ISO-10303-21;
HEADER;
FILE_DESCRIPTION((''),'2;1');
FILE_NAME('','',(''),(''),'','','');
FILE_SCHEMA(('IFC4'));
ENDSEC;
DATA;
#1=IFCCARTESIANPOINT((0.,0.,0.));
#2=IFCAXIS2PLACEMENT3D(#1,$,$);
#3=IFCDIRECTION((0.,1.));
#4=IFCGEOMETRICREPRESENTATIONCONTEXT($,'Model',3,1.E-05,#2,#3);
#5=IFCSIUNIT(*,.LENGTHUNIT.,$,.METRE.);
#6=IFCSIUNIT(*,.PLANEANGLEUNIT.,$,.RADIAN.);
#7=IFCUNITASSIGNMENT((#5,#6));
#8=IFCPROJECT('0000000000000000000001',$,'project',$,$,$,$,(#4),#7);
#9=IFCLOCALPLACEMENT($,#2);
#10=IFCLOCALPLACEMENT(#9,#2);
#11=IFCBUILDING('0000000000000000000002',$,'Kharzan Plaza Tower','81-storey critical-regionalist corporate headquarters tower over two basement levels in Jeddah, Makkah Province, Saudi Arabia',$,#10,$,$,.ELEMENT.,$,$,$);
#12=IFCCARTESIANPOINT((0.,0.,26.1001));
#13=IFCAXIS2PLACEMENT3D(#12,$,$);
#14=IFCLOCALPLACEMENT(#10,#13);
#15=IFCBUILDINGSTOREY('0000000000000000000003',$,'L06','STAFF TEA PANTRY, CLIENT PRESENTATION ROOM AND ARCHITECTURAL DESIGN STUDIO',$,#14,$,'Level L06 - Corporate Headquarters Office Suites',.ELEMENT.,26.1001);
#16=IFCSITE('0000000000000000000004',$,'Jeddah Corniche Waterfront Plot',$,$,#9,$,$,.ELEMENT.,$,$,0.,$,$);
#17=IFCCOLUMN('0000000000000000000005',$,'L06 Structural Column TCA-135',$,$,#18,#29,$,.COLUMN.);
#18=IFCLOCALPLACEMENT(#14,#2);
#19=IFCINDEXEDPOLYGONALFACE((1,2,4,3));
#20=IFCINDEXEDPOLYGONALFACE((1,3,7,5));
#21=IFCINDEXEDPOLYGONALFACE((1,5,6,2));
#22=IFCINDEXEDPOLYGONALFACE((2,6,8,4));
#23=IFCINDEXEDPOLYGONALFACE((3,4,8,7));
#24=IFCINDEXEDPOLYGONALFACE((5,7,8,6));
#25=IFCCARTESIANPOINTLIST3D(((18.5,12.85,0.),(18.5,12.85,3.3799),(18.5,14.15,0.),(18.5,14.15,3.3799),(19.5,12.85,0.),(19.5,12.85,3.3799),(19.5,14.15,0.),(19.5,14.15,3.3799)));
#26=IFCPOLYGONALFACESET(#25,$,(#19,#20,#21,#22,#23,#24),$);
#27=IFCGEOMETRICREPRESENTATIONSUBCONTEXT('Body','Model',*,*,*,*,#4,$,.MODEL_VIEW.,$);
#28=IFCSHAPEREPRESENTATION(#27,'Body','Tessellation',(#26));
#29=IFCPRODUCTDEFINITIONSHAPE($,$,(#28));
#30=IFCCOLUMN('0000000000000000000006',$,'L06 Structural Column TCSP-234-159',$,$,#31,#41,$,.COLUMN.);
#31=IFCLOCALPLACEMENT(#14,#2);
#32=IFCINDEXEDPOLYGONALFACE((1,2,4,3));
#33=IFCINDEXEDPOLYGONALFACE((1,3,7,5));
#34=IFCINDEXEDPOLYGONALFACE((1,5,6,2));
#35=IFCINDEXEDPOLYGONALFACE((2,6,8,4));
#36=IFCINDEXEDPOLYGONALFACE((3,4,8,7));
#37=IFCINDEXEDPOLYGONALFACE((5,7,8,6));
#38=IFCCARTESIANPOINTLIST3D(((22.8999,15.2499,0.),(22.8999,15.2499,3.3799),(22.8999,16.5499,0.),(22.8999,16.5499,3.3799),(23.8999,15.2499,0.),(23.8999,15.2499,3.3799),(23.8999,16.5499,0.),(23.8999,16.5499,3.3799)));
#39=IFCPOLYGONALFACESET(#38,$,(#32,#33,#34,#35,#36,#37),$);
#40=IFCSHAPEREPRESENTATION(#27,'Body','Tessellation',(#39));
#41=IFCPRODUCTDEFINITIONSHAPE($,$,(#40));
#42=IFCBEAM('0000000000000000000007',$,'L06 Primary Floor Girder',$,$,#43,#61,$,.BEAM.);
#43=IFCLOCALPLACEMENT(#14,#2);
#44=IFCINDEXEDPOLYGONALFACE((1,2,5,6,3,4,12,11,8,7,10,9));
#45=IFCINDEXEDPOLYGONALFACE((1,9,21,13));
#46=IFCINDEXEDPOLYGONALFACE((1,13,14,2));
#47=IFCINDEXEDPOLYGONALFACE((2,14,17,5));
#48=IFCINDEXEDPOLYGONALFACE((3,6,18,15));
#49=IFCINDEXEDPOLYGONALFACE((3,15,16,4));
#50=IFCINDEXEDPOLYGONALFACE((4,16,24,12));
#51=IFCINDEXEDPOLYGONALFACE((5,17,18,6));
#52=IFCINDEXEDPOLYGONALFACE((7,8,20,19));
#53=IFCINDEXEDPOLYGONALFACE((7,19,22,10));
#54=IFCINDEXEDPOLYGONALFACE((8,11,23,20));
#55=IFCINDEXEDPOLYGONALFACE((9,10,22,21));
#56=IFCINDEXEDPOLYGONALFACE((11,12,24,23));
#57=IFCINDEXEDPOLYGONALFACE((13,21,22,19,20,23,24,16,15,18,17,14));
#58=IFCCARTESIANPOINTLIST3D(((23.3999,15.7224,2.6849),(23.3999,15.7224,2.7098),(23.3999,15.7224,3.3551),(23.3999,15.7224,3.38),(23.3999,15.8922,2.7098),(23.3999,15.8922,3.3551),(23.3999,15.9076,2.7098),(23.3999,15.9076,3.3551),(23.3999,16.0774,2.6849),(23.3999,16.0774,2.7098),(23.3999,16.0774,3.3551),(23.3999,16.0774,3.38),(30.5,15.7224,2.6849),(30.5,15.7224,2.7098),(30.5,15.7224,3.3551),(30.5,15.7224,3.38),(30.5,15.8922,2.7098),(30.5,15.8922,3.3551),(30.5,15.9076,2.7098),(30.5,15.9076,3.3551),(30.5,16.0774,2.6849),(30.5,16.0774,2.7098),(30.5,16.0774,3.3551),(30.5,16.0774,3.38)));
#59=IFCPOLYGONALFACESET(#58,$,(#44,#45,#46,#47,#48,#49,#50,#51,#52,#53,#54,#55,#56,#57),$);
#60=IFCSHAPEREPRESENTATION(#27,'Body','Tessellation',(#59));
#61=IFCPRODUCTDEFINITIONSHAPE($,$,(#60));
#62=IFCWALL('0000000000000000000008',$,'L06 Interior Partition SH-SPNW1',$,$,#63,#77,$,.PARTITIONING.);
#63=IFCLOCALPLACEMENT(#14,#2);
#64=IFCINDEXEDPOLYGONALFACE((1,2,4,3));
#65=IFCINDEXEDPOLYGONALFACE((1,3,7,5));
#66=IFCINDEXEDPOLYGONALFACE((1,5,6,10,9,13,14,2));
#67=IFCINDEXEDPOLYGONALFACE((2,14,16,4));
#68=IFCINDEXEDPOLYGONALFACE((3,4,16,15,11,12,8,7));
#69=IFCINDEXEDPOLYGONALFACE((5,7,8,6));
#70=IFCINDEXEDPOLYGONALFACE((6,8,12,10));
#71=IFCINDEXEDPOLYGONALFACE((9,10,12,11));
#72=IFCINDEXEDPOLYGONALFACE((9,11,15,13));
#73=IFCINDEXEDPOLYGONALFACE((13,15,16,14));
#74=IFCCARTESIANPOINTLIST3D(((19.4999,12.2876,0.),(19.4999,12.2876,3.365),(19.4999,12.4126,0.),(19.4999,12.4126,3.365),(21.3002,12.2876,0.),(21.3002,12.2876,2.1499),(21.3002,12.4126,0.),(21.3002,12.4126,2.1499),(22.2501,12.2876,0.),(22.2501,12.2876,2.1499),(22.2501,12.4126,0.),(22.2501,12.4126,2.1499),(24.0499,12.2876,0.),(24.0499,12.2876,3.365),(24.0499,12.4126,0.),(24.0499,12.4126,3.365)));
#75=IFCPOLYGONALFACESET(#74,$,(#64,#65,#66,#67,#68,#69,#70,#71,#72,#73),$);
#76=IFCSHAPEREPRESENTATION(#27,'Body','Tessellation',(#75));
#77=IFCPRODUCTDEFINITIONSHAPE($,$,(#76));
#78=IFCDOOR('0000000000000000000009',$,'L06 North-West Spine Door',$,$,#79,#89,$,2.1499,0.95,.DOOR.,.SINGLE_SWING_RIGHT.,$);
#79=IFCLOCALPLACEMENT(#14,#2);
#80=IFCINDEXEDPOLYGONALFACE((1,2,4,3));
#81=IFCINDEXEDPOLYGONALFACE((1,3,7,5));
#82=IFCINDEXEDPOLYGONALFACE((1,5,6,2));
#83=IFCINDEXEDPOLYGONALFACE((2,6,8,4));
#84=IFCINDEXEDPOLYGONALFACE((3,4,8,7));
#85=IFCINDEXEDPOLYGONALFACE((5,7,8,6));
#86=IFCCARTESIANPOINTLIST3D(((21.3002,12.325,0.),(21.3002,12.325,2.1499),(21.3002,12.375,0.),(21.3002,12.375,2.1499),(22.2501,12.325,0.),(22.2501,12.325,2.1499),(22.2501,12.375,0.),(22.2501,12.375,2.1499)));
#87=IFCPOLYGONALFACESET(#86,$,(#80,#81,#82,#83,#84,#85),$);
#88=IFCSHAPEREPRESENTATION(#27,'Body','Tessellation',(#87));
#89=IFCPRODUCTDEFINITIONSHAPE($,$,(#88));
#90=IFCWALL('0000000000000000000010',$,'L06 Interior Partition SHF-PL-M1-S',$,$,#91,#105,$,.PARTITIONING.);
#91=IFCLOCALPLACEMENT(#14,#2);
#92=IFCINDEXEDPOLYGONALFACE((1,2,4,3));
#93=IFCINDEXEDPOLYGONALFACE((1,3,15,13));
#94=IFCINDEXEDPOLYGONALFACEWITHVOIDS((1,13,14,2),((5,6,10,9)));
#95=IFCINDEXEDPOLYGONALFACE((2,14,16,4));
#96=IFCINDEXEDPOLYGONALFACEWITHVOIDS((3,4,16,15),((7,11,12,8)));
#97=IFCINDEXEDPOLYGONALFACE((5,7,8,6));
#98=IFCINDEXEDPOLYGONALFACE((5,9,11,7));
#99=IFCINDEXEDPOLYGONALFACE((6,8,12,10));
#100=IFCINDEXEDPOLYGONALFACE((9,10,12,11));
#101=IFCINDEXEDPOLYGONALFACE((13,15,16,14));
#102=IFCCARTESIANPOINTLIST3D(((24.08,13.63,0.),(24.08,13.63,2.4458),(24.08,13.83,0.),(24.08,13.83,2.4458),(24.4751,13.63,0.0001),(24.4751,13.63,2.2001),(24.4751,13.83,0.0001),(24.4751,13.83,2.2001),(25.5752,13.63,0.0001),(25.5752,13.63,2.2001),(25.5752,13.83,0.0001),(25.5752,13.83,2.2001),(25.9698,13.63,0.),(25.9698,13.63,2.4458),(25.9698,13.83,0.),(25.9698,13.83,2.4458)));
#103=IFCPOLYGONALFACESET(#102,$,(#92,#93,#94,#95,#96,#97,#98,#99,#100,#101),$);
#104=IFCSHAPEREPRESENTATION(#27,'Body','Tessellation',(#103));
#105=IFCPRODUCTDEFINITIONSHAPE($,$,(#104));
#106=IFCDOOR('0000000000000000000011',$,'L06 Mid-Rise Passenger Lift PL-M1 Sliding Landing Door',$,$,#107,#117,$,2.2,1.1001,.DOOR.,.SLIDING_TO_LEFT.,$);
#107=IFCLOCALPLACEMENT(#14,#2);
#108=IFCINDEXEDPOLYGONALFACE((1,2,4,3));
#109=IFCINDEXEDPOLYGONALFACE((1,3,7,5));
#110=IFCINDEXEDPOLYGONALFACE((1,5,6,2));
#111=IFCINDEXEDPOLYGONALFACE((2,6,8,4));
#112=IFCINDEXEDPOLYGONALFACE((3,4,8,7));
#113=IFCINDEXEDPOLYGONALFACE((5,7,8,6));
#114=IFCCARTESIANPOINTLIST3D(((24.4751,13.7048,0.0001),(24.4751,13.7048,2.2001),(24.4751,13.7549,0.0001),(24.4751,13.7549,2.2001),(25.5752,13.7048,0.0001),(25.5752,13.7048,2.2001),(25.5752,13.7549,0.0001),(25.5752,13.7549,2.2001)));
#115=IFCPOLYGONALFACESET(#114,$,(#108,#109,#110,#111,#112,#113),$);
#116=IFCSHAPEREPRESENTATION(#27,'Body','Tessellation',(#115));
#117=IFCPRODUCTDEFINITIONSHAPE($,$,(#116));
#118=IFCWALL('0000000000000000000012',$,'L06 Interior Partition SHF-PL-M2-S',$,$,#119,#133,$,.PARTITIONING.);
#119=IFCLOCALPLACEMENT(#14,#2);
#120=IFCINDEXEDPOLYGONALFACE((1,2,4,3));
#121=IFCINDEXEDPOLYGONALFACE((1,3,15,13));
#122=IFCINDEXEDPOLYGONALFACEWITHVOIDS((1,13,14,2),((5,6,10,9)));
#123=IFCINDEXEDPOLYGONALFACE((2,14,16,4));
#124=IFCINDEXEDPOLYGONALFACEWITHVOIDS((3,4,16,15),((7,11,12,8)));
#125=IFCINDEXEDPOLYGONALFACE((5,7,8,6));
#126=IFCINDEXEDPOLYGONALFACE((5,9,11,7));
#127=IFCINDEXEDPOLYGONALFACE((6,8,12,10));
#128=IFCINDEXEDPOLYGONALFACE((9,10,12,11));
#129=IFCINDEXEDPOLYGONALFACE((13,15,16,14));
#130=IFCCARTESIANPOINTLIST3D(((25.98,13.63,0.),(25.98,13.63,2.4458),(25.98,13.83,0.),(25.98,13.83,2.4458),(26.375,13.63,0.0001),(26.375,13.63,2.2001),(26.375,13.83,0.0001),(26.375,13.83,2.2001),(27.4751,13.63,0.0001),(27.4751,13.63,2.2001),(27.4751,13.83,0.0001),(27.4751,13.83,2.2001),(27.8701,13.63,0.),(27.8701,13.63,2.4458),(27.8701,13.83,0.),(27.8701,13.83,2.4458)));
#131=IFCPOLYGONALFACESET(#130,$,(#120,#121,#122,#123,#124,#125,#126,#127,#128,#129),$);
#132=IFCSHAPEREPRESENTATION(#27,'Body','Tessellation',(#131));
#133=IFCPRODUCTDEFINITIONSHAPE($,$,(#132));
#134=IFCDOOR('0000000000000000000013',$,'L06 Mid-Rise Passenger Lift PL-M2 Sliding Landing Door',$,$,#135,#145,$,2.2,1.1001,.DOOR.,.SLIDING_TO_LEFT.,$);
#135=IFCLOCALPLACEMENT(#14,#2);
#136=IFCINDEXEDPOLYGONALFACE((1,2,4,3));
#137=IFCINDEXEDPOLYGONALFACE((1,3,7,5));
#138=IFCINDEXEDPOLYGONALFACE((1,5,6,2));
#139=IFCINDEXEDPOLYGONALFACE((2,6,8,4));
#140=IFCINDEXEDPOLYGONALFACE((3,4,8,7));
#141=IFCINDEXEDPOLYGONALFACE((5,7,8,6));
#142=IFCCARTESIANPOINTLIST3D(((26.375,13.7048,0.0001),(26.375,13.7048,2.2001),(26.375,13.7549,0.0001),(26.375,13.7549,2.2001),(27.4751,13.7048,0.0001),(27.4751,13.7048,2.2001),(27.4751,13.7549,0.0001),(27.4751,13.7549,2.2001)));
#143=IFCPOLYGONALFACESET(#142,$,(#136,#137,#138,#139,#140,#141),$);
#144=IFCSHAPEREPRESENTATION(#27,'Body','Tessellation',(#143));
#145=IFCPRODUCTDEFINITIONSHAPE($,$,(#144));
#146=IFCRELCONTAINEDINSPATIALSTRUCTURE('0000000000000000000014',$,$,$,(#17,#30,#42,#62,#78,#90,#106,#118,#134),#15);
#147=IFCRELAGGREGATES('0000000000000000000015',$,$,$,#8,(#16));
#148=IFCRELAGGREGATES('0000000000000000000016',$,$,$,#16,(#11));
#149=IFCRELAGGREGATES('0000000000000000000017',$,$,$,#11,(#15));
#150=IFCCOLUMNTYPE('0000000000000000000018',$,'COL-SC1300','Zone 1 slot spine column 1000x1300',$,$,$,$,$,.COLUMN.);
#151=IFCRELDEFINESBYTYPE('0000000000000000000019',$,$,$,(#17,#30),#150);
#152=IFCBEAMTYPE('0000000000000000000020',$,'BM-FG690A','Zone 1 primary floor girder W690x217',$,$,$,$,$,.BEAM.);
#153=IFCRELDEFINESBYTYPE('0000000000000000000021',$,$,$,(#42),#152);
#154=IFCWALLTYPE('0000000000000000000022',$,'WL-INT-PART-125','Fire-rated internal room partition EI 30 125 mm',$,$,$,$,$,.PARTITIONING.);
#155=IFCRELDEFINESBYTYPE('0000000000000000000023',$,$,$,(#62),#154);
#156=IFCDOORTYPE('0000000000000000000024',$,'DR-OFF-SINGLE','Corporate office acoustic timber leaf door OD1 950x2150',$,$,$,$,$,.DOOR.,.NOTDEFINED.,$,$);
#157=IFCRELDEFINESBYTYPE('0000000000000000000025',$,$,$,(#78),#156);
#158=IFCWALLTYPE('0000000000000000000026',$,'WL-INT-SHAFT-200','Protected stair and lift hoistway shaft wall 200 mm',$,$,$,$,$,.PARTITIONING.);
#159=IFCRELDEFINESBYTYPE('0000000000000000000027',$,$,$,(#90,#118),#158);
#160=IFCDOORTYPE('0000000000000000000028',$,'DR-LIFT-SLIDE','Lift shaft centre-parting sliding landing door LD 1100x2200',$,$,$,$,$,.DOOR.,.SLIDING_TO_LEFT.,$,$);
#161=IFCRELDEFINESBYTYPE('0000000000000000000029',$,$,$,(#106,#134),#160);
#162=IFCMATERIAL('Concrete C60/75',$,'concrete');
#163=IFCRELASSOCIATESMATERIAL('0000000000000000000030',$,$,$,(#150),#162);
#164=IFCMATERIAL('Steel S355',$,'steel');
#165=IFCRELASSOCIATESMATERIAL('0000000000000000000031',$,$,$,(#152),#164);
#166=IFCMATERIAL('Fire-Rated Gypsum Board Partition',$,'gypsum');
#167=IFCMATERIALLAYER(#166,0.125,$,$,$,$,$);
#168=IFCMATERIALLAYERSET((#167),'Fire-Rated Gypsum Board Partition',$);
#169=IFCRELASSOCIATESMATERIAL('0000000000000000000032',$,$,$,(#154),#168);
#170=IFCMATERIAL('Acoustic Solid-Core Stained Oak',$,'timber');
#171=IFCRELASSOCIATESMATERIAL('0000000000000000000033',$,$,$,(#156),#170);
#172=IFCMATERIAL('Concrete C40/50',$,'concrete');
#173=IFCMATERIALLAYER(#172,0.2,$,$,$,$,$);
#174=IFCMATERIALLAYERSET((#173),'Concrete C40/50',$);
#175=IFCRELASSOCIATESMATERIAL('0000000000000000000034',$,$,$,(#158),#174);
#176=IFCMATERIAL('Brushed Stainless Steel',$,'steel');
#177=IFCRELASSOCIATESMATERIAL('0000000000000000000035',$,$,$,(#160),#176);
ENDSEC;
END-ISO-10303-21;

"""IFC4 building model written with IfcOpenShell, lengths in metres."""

from ifc_helpers import new_model, si_unit, direction, frame, frame_2d, origin, origin_2d, place, context, subcontext, project, spatial, rectangle, i_section, extrude, source, transform, mapped, material, layer, layer_set, material_profile, profile_set, type_object, element, fill, save


model = new_model("IFC4")

# Units and contexts
model_context = context("Model", 3, precision=1e-05, world=origin(), true_north=direction((0.0, 1.0)))
body_context = subcontext(model_context, "Body", "Model", "MODEL_VIEW")
ifc_project = project(units=[si_unit("LENGTHUNIT", "METRE"), si_unit("PLANEANGLEUNIT", "RADIAN")], contexts=[model_context])

# Site, building, storey
site_placement = place(None, origin())
site = spatial("IfcSite", under=ifc_project, at=site_placement, Name="Jeddah Corniche Waterfront Plot", CompositionType="ELEMENT", RefElevation=0.0)
building_placement = place(site_placement, origin())
building = spatial("IfcBuilding", under=site, at=building_placement, Name="Kharzan Plaza Tower", Description="81-storey critical-regionalist corporate headquarters tower over two basement levels in Jeddah, Makkah Province, Saudi Arabia", CompositionType="ELEMENT")
storey_placement = place(building_placement, frame((0.0, 0.0, 26.1001)))
storey = spatial("IfcBuildingStorey", under=building, at=storey_placement, Name="L06", Description="STAFF TEA PANTRY, CLIENT PRESENTATION ROOM AND ARCHITECTURAL DESIGN STUDIO", LongName="Level L06 - Corporate Headquarters Office Suites", CompositionType="ELEMENT", Elevation=26.1001)

# Columns
ifc_material_1 = material(Name="Concrete C60/75", Category="concrete")
ifc_material_profile_1 = material_profile(ifc_material_1, rectangle(XDim=1.0, YDim=1.3, at=origin_2d()), Name="RC-SC1300x1000")
ifc_profile_set_1 = profile_set([ifc_material_profile_1], Name="Concrete C60/75")
column_type = type_object("IfcColumnType", Name="COL-SC1300", Description="Zone 1 slot spine column 1000x1300", PredefinedType="COLUMN", material=ifc_profile_set_1)
shared_shape_1 = source(origin(), body_context, "Body", "SweptSolid", [
    extrude(rectangle(XDim=1.0, YDim=1.3, at=origin_2d()), origin(), (0.0, 0.0, 1.0), 3.3799),
])
for number, where, z_axis, x_axis, name in (
    (1, (19.0, 13.5, 0.0), (0.0, 0.0, 1.0), (1.0, 0.0, 0.0), "L06 Structural Column TCA-135"),
    (2, (23.3999, 15.8999, 0.0), (0.0, 0.0, 1.0), (1.0, 0.0, 0.0), "L06 Structural Column TCSP-234-159"),
):
    element("IfcColumn", number, at=place(storey_placement, frame(where, z_axis=z_axis, x_axis=x_axis)), inside=storey, type_object=column_type, Name=name, PredefinedType="COLUMN", context=body_context, shape_type="MappedRepresentation", body=[
        mapped(shared_shape_1, transform((0.0, 0.0, 0.0), x_axis=(1.0, 0.0, 0.0), y_axis=(0.0, 1.0, 0.0), z_axis=(0.0, 0.0, 1.0))),
    ])

# Beam
ifc_material_2 = material(Name="Steel S355", Category="steel")
ifc_material_profile_2 = material_profile(ifc_material_2, i_section(OverallWidth=0.355, OverallDepth=0.6951, WebThickness=0.0154, FlangeThickness=0.0249, at=origin_2d()), Name="W690x217")
ifc_profile_set_2 = profile_set([ifc_material_profile_2], Name="Steel S355")
beam_type = type_object("IfcBeamType", Name="BM-FG690A", Description="Zone 1 primary floor girder W690x217", PredefinedType="BEAM", material=ifc_profile_set_2)
shared_shape_2 = source(origin(), body_context, "Body", "SweptSolid", [
    extrude(i_section(OverallWidth=0.355, OverallDepth=0.6951, WebThickness=0.0154, FlangeThickness=0.0249, at=origin_2d()), origin(), (0.0, 0.0, 1.0), 7.1001),
])
beam_placement = place(storey_placement, frame((23.3999, 15.8999, 3.0325), z_axis=(1.0, 0.0, 0.0), x_axis=(0.0, 1.0, 0.0)))
element("IfcBeam", 3, at=beam_placement, inside=storey, type_object=beam_type, Name="L06 Primary Floor Girder", PredefinedType="BEAM", context=body_context, shape_type="MappedRepresentation", body=[
    mapped(shared_shape_2, transform((0.0, 0.0, 0.0), x_axis=(1.0, 0.0, 0.0), y_axis=(0.0, 1.0, 0.0), z_axis=(0.0, 0.0, 1.0))),
])

# Walls, openings, doors
ifc_material_3 = material(Name="Fire-Rated Gypsum Board Partition", Category="gypsum")
ifc_layer_1 = layer(ifc_material_3, 0.125)
ifc_layer_set_1 = layer_set([ifc_layer_1], Name="Fire-Rated Gypsum Board Partition")
wall_type_1 = type_object("IfcWallType", Name="WL-INT-PART-125", Description="Fire-rated internal room partition EI 30 125 mm", PredefinedType="PARTITIONING", material=ifc_layer_set_1)
wall_1_placement = place(storey_placement, frame((19.5, 12.3501, 0.0), z_axis=(0.0, 0.0, 1.0), x_axis=(1.0, 0.0, 0.0)))
wall_1 = element("IfcWall", 4, at=wall_1_placement, inside=storey, type_object=wall_type_1, Name="L06 Interior Partition SH-SPNW1", PredefinedType="PARTITIONING", context=body_context, shape_type="SweptSolid", body=[
    extrude(rectangle(XDim=4.55, YDim=0.125, at=frame_2d((2.2749, 0.0))), origin(), (0.0, 0.0, 1.0), 3.365),
])
opening_1_placement = place(wall_1_placement, frame((1.8, 0.0, 0.0)))
opening_1 = element("IfcOpeningElement", 5, at=opening_1_placement, cuts=wall_1, PredefinedType="OPENING", context=body_context, shape_type="SweptSolid", body=[
    extrude(rectangle(XDim=0.95, YDim=2.1499, at=frame_2d((0.4751, 1.075))), frame((0.0, 0.0725, 0.0), z_axis=(0.0, -1.0, 0.0), x_axis=(1.0, 0.0, 0.0)), (0.0, 0.0, 1.0), 0.145),
])
ifc_material_4 = material(Name="Acoustic Solid-Core Stained Oak", Category="timber")
door_type_1 = type_object("IfcDoorType", Name="DR-OFF-SINGLE", Description="Corporate office acoustic timber leaf door OD1 950x2150", OperationType="NOTDEFINED", PredefinedType="DOOR", material=ifc_material_4)
shared_shape_3 = source(origin(), body_context, "Body", "SweptSolid", [
    extrude(rectangle(XDim=0.95, YDim=2.1499, at=frame_2d((0.4751, 1.075))), frame((0.0, 0.0249, 0.0), z_axis=(0.0, -1.0, 0.0), x_axis=(1.0, 0.0, 0.0)), (0.0, 0.0, 1.0), 0.05),
])
door_1_placement = place(opening_1_placement, origin())
door_1 = element("IfcDoor", 6, at=door_1_placement, inside=storey, type_object=door_type_1, Name="L06 North-West Spine Door", OperationType="SINGLE_SWING_RIGHT", OverallHeight=2.1499, OverallWidth=0.95, PredefinedType="DOOR", context=body_context, shape_type="MappedRepresentation", body=[
    mapped(shared_shape_3, transform((0.0, 0.0, 0.0), x_axis=(1.0, 0.0, 0.0), y_axis=(0.0, 1.0, 0.0), z_axis=(0.0, 0.0, 1.0))),
])
fill(opening_1, door_1)
ifc_material_5 = material(Name="Concrete C40/50", Category="concrete")
ifc_layer_2 = layer(ifc_material_5, 0.2)
ifc_layer_set_2 = layer_set([ifc_layer_2], Name="Concrete C40/50")
wall_type_2 = type_object("IfcWallType", Name="WL-INT-SHAFT-200", Description="Protected stair and lift hoistway shaft wall 200 mm", PredefinedType="PARTITIONING", material=ifc_layer_set_2)
wall_2_placement = place(storey_placement, frame((24.0801, 13.73, 0.0), z_axis=(0.0, 0.0, 1.0), x_axis=(1.0, 0.0, 0.0)))
wall_2 = element("IfcWall", 7, at=wall_2_placement, inside=storey, type_object=wall_type_2, Name="L06 Interior Partition SHF-PL-M1-S", PredefinedType="PARTITIONING", context=body_context, shape_type="SweptSolid", body=[
    extrude(rectangle(XDim=1.8899, YDim=0.2, at=frame_2d((0.9448, 0.0))), origin(), (0.0, 0.0, 1.0), 2.4458),
])
opening_2_placement = place(wall_2_placement, frame((0.395, 0.0, 0.0)))
opening_2 = element("IfcOpeningElement", 8, at=opening_2_placement, cuts=wall_2, PredefinedType="OPENING", context=body_context, shape_type="SweptSolid", body=[
    extrude(rectangle(XDim=1.1001, YDim=2.2, at=frame_2d((0.55, 1.1001))), frame((0.0, 0.1099, 0.0), z_axis=(0.0, -1.0, 0.0), x_axis=(1.0, 0.0, 0.0)), (0.0, 0.0, 1.0), 0.22),
])
ifc_material_6 = material(Name="Brushed Stainless Steel", Category="steel")
door_type_2 = type_object("IfcDoorType", Name="DR-LIFT-SLIDE", Description="Lift shaft centre-parting sliding landing door LD 1100x2200", OperationType="SLIDING_TO_LEFT", PredefinedType="DOOR", material=ifc_material_6)
shared_shape_4 = source(origin(), body_context, "Body", "SweptSolid", [
    extrude(rectangle(XDim=1.1001, YDim=2.2, at=frame_2d((0.55, 1.1001))), frame((0.0, 0.0249, 0.0), z_axis=(0.0, -1.0, 0.0), x_axis=(1.0, 0.0, 0.0)), (0.0, 0.0, 1.0), 0.05),
])
door_2_placement = place(opening_2_placement, origin())
door_2 = element("IfcDoor", 9, at=door_2_placement, inside=storey, type_object=door_type_2, Name="L06 Mid-Rise Passenger Lift PL-M1 Sliding Landing Door", OperationType="SLIDING_TO_LEFT", OverallHeight=2.2, OverallWidth=1.1001, PredefinedType="DOOR", context=body_context, shape_type="MappedRepresentation", body=[
    mapped(shared_shape_4, transform((0.0, 0.0, 0.0), x_axis=(1.0, 0.0, 0.0), y_axis=(0.0, 1.0, 0.0), z_axis=(0.0, 0.0, 1.0))),
])
fill(opening_2, door_2)
wall_3_placement = place(storey_placement, frame((25.98, 13.73, 0.0), z_axis=(0.0, 0.0, 1.0), x_axis=(1.0, 0.0, 0.0)))
wall_3 = element("IfcWall", 10, at=wall_3_placement, inside=storey, type_object=wall_type_2, Name="L06 Interior Partition SHF-PL-M2-S", PredefinedType="PARTITIONING", context=body_context, shape_type="SweptSolid", body=[
    extrude(rectangle(XDim=1.8901, YDim=0.2, at=frame_2d((0.9451, 0.0))), origin(), (0.0, 0.0, 1.0), 2.4458),
])
opening_3_placement = place(wall_3_placement, frame((0.395, 0.0, 0.0)))
opening_3 = element("IfcOpeningElement", 11, at=opening_3_placement, cuts=wall_3, PredefinedType="OPENING", context=body_context, shape_type="SweptSolid", body=[
    extrude(rectangle(XDim=1.1001, YDim=2.2, at=frame_2d((0.55, 1.1001))), frame((0.0, 0.1099, 0.0), z_axis=(0.0, -1.0, 0.0), x_axis=(1.0, 0.0, 0.0)), (0.0, 0.0, 1.0), 0.22),
])
door_3_placement = place(opening_3_placement, origin())
door_3 = element("IfcDoor", 12, at=door_3_placement, inside=storey, type_object=door_type_2, Name="L06 Mid-Rise Passenger Lift PL-M2 Sliding Landing Door", OperationType="SLIDING_TO_LEFT", OverallHeight=2.2, OverallWidth=1.1001, PredefinedType="DOOR", context=body_context, shape_type="MappedRepresentation", body=[
    mapped(shared_shape_4, transform((0.0, 0.0, 0.0), x_axis=(1.0, 0.0, 0.0), y_axis=(0.0, 1.0, 0.0), z_axis=(0.0, 0.0, 1.0))),
])
fill(opening_3, door_3)

save(model, "model.ifc")
